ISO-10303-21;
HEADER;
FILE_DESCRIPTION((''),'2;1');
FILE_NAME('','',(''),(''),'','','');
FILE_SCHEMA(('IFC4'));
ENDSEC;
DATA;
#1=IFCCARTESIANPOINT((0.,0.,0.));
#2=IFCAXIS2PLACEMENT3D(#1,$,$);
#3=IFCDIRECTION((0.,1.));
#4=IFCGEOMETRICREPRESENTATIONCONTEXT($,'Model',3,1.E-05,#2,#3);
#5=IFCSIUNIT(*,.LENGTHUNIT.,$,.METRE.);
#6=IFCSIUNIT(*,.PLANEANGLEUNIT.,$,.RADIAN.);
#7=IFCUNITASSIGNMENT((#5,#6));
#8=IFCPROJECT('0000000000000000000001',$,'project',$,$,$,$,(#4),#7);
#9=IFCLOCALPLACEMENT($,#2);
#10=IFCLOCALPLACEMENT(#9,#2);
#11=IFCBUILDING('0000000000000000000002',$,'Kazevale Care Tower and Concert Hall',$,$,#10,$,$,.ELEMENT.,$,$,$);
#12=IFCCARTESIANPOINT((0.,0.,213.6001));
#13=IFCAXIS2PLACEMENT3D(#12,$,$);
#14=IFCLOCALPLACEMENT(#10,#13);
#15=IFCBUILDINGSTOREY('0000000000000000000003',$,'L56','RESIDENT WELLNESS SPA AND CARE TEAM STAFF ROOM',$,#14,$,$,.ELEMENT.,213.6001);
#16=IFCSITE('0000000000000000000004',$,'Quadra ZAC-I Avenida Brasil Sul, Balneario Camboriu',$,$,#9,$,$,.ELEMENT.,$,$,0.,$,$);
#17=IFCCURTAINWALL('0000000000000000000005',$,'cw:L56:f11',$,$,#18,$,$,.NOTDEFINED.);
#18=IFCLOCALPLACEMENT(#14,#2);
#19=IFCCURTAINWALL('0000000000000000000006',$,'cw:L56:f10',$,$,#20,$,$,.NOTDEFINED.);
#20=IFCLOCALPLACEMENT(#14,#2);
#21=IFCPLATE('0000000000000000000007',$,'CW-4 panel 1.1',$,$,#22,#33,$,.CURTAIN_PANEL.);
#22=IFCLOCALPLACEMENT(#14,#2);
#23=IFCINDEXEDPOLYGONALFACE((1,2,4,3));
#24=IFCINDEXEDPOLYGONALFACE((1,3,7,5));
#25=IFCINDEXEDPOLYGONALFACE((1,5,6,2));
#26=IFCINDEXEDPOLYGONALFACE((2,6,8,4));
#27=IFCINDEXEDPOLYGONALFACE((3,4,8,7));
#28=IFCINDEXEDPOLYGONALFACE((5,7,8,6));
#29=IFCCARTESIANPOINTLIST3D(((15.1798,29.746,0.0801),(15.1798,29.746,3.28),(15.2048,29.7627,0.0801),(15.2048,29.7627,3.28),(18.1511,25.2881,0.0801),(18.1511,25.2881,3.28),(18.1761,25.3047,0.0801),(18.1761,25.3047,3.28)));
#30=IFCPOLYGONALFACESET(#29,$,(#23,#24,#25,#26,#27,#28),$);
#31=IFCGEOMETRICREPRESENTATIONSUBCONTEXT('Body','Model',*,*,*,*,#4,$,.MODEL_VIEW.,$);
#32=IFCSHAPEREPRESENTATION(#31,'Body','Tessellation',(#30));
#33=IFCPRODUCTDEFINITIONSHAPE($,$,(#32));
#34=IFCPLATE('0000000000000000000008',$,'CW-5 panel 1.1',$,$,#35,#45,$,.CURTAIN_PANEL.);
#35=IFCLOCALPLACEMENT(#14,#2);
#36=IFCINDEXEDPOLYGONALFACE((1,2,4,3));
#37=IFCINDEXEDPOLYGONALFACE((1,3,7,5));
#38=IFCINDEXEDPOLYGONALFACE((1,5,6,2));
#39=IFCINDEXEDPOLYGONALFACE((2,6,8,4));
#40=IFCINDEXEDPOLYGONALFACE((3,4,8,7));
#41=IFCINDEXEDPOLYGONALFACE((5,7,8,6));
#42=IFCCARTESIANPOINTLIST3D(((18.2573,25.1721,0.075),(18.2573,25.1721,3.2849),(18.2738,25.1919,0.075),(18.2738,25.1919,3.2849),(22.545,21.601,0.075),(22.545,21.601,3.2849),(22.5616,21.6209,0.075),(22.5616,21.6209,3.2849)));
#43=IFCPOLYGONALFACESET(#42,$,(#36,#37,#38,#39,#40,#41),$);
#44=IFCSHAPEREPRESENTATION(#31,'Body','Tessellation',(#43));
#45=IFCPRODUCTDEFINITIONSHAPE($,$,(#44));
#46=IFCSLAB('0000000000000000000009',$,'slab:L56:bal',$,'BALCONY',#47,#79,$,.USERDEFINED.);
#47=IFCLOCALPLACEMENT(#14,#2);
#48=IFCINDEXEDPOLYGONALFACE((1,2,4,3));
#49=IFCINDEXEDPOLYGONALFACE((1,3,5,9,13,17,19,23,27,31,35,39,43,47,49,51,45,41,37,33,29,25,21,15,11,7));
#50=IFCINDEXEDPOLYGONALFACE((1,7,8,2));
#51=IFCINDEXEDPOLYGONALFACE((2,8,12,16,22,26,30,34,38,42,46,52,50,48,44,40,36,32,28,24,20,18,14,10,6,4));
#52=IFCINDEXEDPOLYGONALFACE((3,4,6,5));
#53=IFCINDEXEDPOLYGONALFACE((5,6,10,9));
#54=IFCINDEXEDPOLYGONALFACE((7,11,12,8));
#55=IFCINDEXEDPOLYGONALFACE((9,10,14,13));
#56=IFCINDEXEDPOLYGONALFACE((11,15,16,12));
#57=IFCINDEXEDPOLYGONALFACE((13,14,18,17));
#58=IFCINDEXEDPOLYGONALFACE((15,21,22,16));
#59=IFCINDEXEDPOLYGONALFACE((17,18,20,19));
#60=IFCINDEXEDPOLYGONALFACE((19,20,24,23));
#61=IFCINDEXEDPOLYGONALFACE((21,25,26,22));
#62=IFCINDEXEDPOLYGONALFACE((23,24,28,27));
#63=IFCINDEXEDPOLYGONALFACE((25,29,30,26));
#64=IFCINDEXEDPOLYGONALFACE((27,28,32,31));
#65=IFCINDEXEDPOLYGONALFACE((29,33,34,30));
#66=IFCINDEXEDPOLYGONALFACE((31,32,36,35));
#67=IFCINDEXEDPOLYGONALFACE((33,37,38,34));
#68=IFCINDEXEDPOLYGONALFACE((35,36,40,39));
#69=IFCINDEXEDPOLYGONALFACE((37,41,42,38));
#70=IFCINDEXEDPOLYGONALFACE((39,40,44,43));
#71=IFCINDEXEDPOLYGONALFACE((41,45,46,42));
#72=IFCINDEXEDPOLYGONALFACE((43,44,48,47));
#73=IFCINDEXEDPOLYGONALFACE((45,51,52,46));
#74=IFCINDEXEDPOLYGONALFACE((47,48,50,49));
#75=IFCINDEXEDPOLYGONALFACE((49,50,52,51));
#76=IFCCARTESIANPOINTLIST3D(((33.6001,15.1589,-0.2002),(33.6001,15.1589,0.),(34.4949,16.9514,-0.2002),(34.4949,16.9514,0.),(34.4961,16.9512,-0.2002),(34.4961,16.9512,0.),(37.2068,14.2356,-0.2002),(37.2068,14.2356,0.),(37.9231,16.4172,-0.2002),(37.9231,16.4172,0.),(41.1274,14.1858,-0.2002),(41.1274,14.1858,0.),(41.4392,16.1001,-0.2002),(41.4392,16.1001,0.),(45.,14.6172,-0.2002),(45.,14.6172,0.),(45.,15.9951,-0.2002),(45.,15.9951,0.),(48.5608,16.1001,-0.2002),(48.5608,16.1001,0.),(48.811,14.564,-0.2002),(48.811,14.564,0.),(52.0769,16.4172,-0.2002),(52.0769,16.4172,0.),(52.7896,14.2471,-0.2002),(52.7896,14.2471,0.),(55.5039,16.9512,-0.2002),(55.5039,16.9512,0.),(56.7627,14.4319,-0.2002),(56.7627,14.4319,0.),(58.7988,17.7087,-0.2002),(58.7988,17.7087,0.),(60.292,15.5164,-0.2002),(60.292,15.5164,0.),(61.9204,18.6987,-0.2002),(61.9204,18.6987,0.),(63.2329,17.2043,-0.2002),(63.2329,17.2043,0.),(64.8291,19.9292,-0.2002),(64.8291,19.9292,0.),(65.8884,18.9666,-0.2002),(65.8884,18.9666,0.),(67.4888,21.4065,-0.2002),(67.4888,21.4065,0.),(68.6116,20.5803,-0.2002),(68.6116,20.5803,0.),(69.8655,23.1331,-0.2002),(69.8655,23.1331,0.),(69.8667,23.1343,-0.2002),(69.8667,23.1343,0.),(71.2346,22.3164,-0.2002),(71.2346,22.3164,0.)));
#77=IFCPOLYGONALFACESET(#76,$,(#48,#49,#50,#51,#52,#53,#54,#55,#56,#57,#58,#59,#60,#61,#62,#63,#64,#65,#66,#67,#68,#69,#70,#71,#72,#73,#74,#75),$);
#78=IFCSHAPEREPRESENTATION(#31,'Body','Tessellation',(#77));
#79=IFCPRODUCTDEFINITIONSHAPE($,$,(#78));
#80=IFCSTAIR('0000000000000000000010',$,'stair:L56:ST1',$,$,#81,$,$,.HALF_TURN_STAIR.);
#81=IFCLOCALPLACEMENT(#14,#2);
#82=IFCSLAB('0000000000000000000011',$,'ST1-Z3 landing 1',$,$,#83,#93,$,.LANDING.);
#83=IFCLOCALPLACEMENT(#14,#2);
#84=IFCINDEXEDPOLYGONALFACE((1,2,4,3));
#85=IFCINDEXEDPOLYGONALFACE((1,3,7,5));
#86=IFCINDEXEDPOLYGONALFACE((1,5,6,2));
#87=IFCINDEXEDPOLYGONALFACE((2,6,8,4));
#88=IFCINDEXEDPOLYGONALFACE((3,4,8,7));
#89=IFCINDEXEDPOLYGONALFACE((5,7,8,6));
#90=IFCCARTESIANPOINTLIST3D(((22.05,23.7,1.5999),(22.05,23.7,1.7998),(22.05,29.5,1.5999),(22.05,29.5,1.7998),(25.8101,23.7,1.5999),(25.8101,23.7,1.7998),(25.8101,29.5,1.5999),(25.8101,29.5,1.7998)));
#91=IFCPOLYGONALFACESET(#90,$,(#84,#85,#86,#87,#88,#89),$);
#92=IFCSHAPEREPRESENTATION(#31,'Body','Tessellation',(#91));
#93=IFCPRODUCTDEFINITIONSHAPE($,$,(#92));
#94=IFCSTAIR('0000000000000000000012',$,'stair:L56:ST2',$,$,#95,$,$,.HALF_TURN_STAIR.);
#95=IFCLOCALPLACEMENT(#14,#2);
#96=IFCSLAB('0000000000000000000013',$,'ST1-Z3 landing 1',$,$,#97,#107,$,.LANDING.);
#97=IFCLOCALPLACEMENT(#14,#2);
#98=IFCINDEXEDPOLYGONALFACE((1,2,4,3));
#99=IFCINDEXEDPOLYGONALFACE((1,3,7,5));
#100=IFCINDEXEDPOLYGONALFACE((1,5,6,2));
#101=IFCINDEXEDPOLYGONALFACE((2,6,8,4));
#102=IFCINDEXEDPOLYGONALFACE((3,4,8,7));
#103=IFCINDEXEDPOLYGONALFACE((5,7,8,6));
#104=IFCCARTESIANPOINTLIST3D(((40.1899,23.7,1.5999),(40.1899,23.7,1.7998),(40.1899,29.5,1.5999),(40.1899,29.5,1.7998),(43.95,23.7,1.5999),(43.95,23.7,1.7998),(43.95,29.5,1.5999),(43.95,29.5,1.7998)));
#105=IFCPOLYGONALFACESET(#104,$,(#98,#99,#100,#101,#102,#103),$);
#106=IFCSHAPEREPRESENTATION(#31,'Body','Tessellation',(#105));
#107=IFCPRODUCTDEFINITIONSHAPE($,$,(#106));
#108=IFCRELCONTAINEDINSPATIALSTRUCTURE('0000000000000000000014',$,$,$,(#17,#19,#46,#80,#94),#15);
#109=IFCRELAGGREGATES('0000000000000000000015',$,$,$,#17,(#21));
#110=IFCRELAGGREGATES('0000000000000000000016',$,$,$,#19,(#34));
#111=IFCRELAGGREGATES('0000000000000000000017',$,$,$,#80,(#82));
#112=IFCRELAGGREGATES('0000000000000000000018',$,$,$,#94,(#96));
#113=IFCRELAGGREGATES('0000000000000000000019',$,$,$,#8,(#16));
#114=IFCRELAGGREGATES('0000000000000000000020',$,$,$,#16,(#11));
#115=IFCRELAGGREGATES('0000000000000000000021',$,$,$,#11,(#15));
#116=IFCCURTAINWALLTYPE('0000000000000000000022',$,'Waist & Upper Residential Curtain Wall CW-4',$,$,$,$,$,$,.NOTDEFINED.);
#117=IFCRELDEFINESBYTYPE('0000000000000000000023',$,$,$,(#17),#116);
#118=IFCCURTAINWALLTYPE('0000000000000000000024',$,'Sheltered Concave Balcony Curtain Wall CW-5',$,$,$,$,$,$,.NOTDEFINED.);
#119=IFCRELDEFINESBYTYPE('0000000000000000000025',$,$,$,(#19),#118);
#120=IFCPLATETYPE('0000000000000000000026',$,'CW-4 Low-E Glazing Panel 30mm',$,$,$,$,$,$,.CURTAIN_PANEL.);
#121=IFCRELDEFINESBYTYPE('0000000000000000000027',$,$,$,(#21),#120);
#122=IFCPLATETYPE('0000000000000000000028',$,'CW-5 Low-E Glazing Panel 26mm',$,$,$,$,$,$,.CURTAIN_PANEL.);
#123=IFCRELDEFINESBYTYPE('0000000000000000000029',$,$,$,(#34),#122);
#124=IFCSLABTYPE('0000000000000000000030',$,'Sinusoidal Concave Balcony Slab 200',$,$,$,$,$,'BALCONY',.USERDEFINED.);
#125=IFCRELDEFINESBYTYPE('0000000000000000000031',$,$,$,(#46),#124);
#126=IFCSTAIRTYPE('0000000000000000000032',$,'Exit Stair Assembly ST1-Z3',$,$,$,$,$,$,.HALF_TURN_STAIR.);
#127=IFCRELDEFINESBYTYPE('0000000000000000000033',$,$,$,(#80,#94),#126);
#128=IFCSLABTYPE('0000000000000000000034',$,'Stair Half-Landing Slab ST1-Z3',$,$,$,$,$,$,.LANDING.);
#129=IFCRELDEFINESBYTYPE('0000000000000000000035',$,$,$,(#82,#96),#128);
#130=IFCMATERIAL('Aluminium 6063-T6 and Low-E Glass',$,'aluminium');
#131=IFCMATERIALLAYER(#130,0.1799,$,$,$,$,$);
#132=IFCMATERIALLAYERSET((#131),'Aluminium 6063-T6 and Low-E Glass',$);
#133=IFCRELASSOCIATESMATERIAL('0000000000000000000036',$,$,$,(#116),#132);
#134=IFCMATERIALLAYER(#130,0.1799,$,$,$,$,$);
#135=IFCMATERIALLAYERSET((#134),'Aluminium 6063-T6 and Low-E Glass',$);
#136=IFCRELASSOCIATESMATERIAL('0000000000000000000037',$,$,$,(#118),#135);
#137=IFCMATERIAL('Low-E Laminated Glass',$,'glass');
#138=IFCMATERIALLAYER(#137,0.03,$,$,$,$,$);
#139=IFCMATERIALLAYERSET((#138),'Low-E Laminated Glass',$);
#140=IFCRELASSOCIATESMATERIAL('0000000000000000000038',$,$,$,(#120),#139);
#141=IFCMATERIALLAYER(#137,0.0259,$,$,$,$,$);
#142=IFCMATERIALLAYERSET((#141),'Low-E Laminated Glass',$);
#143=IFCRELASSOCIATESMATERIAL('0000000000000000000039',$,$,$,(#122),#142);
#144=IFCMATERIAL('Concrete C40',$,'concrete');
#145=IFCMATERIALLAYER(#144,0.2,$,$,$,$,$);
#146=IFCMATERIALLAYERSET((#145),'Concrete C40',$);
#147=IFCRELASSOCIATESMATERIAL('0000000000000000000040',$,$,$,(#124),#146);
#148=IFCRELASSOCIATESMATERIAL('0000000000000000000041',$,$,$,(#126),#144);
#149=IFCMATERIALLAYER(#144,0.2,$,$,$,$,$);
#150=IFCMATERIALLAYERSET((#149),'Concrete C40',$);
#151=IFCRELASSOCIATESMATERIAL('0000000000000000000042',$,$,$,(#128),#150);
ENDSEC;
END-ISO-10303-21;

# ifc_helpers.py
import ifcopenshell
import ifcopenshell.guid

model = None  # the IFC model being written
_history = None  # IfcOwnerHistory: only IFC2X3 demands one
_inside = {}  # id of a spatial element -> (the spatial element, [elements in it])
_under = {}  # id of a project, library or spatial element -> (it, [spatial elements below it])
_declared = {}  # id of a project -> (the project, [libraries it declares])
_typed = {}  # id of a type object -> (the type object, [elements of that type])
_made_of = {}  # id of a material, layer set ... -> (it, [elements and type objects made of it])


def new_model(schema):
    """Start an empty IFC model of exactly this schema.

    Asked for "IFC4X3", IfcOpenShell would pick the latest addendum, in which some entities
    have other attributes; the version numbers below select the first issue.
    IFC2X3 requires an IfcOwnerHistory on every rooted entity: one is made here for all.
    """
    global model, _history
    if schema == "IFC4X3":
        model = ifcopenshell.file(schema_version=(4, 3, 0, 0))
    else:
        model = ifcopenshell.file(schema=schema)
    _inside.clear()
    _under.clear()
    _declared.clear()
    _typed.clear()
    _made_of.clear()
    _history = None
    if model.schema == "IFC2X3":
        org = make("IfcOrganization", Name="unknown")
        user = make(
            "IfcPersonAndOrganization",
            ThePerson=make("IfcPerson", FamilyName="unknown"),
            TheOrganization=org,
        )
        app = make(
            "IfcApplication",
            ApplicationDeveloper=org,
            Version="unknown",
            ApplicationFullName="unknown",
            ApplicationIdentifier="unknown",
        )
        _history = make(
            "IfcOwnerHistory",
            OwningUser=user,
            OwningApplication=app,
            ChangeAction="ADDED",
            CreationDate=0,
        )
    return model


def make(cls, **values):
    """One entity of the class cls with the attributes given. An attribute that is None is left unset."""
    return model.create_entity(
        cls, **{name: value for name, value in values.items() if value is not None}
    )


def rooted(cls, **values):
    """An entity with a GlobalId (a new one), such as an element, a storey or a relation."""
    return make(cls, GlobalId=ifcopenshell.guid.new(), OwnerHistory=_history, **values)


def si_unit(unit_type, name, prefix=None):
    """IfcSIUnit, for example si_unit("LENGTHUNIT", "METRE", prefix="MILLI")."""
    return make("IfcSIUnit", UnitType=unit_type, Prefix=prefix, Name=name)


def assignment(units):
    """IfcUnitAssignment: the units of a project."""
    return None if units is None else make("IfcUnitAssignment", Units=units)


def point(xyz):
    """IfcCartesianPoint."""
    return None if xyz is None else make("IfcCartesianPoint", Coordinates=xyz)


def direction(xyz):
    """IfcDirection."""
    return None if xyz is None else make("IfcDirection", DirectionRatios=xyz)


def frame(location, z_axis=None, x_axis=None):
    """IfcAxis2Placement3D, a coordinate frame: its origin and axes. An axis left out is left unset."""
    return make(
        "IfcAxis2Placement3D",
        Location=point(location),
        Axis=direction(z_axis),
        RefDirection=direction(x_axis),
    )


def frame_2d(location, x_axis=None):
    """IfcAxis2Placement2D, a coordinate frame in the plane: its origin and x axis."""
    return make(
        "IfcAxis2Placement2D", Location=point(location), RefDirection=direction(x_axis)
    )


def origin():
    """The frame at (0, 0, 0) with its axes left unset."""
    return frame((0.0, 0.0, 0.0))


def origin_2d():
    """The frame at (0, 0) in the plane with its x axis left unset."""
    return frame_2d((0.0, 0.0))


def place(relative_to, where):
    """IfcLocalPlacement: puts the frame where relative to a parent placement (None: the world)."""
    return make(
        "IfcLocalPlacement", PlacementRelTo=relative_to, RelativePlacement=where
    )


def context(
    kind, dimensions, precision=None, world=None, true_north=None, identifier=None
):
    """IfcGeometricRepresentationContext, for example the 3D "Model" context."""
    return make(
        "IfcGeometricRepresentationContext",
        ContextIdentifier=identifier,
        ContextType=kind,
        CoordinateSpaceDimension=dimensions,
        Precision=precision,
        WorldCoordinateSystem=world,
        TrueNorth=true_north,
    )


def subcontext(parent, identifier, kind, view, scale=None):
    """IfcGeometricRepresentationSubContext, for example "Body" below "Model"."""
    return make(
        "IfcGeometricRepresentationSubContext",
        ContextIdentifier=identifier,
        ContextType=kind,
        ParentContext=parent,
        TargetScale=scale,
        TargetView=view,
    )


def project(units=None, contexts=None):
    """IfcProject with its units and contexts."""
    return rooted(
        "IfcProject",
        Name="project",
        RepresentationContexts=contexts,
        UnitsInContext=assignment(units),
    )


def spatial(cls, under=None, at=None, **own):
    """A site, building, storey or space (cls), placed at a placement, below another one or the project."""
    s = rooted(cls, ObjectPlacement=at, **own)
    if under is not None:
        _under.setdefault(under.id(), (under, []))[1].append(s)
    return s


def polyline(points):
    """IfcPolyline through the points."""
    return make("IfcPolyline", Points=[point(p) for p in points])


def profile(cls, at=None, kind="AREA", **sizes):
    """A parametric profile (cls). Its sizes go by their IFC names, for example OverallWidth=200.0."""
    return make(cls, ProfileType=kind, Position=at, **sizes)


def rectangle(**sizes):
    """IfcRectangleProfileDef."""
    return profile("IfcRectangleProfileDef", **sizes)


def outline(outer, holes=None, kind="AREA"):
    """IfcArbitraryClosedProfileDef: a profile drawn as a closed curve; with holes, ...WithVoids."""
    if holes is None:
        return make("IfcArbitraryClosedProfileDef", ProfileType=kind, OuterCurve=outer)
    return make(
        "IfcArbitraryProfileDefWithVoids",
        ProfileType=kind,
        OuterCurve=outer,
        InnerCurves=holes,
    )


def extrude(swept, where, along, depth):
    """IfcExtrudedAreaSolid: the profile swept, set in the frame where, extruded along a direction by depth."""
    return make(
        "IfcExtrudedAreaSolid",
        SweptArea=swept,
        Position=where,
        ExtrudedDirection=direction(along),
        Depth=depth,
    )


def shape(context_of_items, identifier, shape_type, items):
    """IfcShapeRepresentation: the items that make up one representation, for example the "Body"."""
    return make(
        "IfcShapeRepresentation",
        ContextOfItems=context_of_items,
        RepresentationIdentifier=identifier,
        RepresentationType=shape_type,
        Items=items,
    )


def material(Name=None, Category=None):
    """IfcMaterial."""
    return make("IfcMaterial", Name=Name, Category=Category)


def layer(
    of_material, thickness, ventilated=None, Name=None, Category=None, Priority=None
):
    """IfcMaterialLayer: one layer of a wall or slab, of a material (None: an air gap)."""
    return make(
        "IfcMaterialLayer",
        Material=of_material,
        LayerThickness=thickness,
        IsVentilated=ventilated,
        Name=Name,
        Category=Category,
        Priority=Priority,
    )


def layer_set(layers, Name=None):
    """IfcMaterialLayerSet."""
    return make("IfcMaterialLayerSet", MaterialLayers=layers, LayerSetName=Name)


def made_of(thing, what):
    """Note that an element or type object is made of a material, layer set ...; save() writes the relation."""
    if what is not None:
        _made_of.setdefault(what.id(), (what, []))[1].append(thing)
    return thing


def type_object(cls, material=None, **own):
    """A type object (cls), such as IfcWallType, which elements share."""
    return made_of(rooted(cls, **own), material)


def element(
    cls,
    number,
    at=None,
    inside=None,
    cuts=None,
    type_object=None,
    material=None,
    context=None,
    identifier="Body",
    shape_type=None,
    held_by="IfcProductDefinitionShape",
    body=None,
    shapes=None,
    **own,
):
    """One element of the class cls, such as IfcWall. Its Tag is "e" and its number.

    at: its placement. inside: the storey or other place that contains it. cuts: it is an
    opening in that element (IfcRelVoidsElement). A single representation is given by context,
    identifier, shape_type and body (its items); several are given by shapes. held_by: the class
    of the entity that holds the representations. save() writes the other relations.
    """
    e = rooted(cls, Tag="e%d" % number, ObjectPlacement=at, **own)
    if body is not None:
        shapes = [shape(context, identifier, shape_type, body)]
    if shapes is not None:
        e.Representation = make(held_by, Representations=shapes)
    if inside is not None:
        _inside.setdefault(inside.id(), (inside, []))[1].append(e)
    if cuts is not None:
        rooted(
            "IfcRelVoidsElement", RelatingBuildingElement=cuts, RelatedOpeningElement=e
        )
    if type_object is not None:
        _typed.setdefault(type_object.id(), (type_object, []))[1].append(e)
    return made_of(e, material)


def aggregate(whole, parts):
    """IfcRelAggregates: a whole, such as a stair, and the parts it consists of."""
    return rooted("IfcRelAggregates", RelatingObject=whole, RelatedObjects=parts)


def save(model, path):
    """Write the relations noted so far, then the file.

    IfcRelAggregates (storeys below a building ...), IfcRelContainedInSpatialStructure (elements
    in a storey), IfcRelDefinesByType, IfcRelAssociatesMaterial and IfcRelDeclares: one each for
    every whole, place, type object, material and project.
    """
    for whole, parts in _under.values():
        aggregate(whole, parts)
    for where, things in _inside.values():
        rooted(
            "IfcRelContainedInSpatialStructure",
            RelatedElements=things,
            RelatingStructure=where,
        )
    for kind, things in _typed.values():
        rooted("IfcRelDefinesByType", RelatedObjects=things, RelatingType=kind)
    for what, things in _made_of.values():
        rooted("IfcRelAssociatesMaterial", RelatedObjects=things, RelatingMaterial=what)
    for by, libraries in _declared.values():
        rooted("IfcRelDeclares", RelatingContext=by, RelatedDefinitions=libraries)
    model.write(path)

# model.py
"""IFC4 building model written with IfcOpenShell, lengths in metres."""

from ifc_helpers import new_model, si_unit, direction, frame, origin, origin_2d, place, context, subcontext, project, spatial, polyline, rectangle, outline, extrude, material, layer, layer_set, type_object, element, aggregate, save


model = new_model("IFC4")

# Units and contexts
model_context = context("Model", 3, precision=1e-05, world=origin(), true_north=direction((0.0, 1.0)))
body_context = subcontext(model_context, "Body", "Model", "MODEL_VIEW")
ifc_project = project(units=[si_unit("LENGTHUNIT", "METRE"), si_unit("PLANEANGLEUNIT", "RADIAN")], contexts=[model_context])

# Site, building, storey
site_placement = place(None, origin())
site = spatial("IfcSite", under=ifc_project, at=site_placement, Name="Quadra ZAC-I Avenida Brasil Sul, Balneario Camboriu", CompositionType="ELEMENT", RefElevation=0.0)
building_placement = place(site_placement, origin())
building = spatial("IfcBuilding", under=site, at=building_placement, Name="Kazevale Care Tower and Concert Hall", CompositionType="ELEMENT")
storey_placement = place(building_placement, frame((0.0, 0.0, 213.6001)))
storey = spatial("IfcBuildingStorey", under=building, at=storey_placement, Name="L56", Description="RESIDENT WELLNESS SPA AND CARE TEAM STAFF ROOM", CompositionType="ELEMENT", Elevation=213.6001)

# Curtain wall
ifc_material_1 = material(Name="Aluminium 6063-T6 and Low-E Glass", Category="aluminium")
ifc_layer_1 = layer(ifc_material_1, 0.1799)
ifc_layer_set_1 = layer_set([ifc_layer_1], Name="Aluminium 6063-T6 and Low-E Glass")
curtain_wall_type_1 = type_object("IfcCurtainWallType", Name="Waist & Upper Residential Curtain Wall CW-4", PredefinedType="NOTDEFINED", material=ifc_layer_set_1)
curtain_wall_1_placement = place(storey_placement, origin())
curtain_wall_1 = element("IfcCurtainWall", 1, at=curtain_wall_1_placement, inside=storey, type_object=curtain_wall_type_1, Name="cw:L56:f11", PredefinedType="NOTDEFINED")

# Shared definitions
ifc_layer_2 = layer(ifc_material_1, 0.1799)
ifc_layer_set_2 = layer_set([ifc_layer_2], Name="Aluminium 6063-T6 and Low-E Glass")
curtain_wall_type_2 = type_object("IfcCurtainWallType", Name="Sheltered Concave Balcony Curtain Wall CW-5", PredefinedType="NOTDEFINED", material=ifc_layer_set_2)

# Curtain wall
curtain_wall_2_placement = place(storey_placement, origin())
curtain_wall_2 = element("IfcCurtainWall", 2, at=curtain_wall_2_placement, inside=storey, type_object=curtain_wall_type_2, Name="cw:L56:f10", PredefinedType="NOTDEFINED")

# Plates
ifc_material_2 = material(Name="Low-E Laminated Glass", Category="glass")
ifc_layer_3 = layer(ifc_material_2, 0.03)
ifc_layer_set_3 = layer_set([ifc_layer_3], Name="Low-E Laminated Glass")
plate_type_1 = type_object("IfcPlateType", Name="CW-4 Low-E Glazing Panel 30mm", PredefinedType="CURTAIN_PANEL", material=ifc_layer_set_3)
plate_1_placement = place(storey_placement, frame((16.678, 27.5254, 0.0801), z_axis=(0.0, 0.0, 1.0), x_axis=(-0.554617, 0.832106, 0.0)))
plate_1 = element("IfcPlate", 3, at=plate_1_placement, type_object=plate_type_1, Name="CW-4 panel 1.1", PredefinedType="CURTAIN_PANEL", context=body_context, shape_type="SweptSolid", body=[
    extrude(rectangle(XDim=5.3574, YDim=0.03, at=origin_2d()), origin(), (0.0, 0.0, 1.0), 3.2),
])
aggregate(curtain_wall_1, [plate_1])
ifc_layer_4 = layer(ifc_material_2, 0.0259)
ifc_layer_set_4 = layer_set([ifc_layer_4], Name="Low-E Laminated Glass")
plate_type_2 = type_object("IfcPlateType", Name="CW-5 Low-E Glazing Panel 26mm", PredefinedType="CURTAIN_PANEL", material=ifc_layer_set_4)
plate_2_placement = place(storey_placement, frame((20.4094, 23.3965, 0.075), z_axis=(0.0, 0.0, 1.0), x_axis=(-0.768407, 0.639961, 0.0)))
plate_2 = element("IfcPlate", 4, at=plate_2_placement, type_object=plate_type_2, Name="CW-5 panel 1.1", PredefinedType="CURTAIN_PANEL", context=body_context, shape_type="SweptSolid", body=[
    extrude(rectangle(XDim=5.5801, YDim=0.0259, at=origin_2d()), origin(), (0.0, 0.0, 1.0), 3.21),
])
aggregate(curtain_wall_2, [plate_2])

# Slab
ifc_material_3 = material(Name="Concrete C40", Category="concrete")
ifc_layer_5 = layer(ifc_material_3, 0.2)
ifc_layer_set_5 = layer_set([ifc_layer_5], Name="Concrete C40")
slab_type_1 = type_object("IfcSlabType", Name="Sinusoidal Concave Balcony Slab 200", ElementType="BALCONY", PredefinedType="USERDEFINED", material=ifc_layer_set_5)
slab_1_placement = place(storey_placement, frame((0.0, 0.0, -0.2002)))
element("IfcSlab", 5, at=slab_1_placement, inside=storey, type_object=slab_type_1, Name="slab:L56:bal", ObjectType="BALCONY", PredefinedType="USERDEFINED", context=body_context, shape_type="SweptSolid", body=[
    extrude(outline(polyline([(71.2346, 22.3164), (68.6116, 20.5803), (65.8884, 18.9666), (63.2329, 17.2043), (60.292, 15.5164), (56.7627, 14.4319), (52.7896, 14.2471), (48.811, 14.564), (45.0, 14.6172), (41.1274, 14.1858), (37.2068, 14.2356), (33.6001, 15.1589), (34.4949, 16.9514), (34.4961, 16.9512), (37.9231, 16.4172), (41.4392, 16.1001), (45.0, 15.9951), (48.5608, 16.1001), (52.0769, 16.4172), (55.5039, 16.9512), (58.7988, 17.7087), (61.9204, 18.6987), (64.8291, 19.9292), (67.4888, 21.4065), (69.8655, 23.1331), (69.8667, 23.1343), (71.2346, 22.3164)])), origin(), (0.0, 0.0, 1.0), 0.2002),
])

# Stairs, slabs
stair_type = type_object("IfcStairType", Name="Exit Stair Assembly ST1-Z3", PredefinedType="HALF_TURN_STAIR", material=ifc_material_3)
stair_1_placement = place(storey_placement, origin())
stair_1 = element("IfcStair", 6, at=stair_1_placement, inside=storey, type_object=stair_type, Name="stair:L56:ST1", PredefinedType="HALF_TURN_STAIR")
ifc_layer_6 = layer(ifc_material_3, 0.2)
ifc_layer_set_6 = layer_set([ifc_layer_6], Name="Concrete C40")
slab_type_2 = type_object("IfcSlabType", Name="Stair Half-Landing Slab ST1-Z3", PredefinedType="LANDING", material=ifc_layer_set_6)
slab_2_placement = place(storey_placement, frame((0.0, 0.0, 1.5999)))
slab_2 = element("IfcSlab", 7, at=slab_2_placement, type_object=slab_type_2, Name="ST1-Z3 landing 1", PredefinedType="LANDING", context=body_context, shape_type="SweptSolid", body=[
    extrude(outline(polyline([(22.05, 23.7), (25.8101, 23.7), (25.8101, 29.5), (22.05, 29.5), (22.05, 23.7)])), origin(), (0.0, 0.0, 1.0), 0.2),
])
aggregate(stair_1, [slab_2])
stair_2_placement = place(storey_placement, origin())
stair_2 = element("IfcStair", 8, at=stair_2_placement, inside=storey, type_object=stair_type, Name="stair:L56:ST2", PredefinedType="HALF_TURN_STAIR")
slab_3_placement = place(storey_placement, frame((0.0, 0.0, 1.5999)))
slab_3 = element("IfcSlab", 9, at=slab_3_placement, type_object=slab_type_2, Name="ST1-Z3 landing 1", PredefinedType="LANDING", context=body_context, shape_type="SweptSolid", body=[
    extrude(outline(polyline([(40.1899, 23.7), (43.95, 23.7), (43.95, 29.5), (40.1899, 29.5), (40.1899, 23.7)])), origin(), (0.0, 0.0, 1.0), 0.2),
])
aggregate(stair_2, [slab_3])

save(model, "model.ifc")
